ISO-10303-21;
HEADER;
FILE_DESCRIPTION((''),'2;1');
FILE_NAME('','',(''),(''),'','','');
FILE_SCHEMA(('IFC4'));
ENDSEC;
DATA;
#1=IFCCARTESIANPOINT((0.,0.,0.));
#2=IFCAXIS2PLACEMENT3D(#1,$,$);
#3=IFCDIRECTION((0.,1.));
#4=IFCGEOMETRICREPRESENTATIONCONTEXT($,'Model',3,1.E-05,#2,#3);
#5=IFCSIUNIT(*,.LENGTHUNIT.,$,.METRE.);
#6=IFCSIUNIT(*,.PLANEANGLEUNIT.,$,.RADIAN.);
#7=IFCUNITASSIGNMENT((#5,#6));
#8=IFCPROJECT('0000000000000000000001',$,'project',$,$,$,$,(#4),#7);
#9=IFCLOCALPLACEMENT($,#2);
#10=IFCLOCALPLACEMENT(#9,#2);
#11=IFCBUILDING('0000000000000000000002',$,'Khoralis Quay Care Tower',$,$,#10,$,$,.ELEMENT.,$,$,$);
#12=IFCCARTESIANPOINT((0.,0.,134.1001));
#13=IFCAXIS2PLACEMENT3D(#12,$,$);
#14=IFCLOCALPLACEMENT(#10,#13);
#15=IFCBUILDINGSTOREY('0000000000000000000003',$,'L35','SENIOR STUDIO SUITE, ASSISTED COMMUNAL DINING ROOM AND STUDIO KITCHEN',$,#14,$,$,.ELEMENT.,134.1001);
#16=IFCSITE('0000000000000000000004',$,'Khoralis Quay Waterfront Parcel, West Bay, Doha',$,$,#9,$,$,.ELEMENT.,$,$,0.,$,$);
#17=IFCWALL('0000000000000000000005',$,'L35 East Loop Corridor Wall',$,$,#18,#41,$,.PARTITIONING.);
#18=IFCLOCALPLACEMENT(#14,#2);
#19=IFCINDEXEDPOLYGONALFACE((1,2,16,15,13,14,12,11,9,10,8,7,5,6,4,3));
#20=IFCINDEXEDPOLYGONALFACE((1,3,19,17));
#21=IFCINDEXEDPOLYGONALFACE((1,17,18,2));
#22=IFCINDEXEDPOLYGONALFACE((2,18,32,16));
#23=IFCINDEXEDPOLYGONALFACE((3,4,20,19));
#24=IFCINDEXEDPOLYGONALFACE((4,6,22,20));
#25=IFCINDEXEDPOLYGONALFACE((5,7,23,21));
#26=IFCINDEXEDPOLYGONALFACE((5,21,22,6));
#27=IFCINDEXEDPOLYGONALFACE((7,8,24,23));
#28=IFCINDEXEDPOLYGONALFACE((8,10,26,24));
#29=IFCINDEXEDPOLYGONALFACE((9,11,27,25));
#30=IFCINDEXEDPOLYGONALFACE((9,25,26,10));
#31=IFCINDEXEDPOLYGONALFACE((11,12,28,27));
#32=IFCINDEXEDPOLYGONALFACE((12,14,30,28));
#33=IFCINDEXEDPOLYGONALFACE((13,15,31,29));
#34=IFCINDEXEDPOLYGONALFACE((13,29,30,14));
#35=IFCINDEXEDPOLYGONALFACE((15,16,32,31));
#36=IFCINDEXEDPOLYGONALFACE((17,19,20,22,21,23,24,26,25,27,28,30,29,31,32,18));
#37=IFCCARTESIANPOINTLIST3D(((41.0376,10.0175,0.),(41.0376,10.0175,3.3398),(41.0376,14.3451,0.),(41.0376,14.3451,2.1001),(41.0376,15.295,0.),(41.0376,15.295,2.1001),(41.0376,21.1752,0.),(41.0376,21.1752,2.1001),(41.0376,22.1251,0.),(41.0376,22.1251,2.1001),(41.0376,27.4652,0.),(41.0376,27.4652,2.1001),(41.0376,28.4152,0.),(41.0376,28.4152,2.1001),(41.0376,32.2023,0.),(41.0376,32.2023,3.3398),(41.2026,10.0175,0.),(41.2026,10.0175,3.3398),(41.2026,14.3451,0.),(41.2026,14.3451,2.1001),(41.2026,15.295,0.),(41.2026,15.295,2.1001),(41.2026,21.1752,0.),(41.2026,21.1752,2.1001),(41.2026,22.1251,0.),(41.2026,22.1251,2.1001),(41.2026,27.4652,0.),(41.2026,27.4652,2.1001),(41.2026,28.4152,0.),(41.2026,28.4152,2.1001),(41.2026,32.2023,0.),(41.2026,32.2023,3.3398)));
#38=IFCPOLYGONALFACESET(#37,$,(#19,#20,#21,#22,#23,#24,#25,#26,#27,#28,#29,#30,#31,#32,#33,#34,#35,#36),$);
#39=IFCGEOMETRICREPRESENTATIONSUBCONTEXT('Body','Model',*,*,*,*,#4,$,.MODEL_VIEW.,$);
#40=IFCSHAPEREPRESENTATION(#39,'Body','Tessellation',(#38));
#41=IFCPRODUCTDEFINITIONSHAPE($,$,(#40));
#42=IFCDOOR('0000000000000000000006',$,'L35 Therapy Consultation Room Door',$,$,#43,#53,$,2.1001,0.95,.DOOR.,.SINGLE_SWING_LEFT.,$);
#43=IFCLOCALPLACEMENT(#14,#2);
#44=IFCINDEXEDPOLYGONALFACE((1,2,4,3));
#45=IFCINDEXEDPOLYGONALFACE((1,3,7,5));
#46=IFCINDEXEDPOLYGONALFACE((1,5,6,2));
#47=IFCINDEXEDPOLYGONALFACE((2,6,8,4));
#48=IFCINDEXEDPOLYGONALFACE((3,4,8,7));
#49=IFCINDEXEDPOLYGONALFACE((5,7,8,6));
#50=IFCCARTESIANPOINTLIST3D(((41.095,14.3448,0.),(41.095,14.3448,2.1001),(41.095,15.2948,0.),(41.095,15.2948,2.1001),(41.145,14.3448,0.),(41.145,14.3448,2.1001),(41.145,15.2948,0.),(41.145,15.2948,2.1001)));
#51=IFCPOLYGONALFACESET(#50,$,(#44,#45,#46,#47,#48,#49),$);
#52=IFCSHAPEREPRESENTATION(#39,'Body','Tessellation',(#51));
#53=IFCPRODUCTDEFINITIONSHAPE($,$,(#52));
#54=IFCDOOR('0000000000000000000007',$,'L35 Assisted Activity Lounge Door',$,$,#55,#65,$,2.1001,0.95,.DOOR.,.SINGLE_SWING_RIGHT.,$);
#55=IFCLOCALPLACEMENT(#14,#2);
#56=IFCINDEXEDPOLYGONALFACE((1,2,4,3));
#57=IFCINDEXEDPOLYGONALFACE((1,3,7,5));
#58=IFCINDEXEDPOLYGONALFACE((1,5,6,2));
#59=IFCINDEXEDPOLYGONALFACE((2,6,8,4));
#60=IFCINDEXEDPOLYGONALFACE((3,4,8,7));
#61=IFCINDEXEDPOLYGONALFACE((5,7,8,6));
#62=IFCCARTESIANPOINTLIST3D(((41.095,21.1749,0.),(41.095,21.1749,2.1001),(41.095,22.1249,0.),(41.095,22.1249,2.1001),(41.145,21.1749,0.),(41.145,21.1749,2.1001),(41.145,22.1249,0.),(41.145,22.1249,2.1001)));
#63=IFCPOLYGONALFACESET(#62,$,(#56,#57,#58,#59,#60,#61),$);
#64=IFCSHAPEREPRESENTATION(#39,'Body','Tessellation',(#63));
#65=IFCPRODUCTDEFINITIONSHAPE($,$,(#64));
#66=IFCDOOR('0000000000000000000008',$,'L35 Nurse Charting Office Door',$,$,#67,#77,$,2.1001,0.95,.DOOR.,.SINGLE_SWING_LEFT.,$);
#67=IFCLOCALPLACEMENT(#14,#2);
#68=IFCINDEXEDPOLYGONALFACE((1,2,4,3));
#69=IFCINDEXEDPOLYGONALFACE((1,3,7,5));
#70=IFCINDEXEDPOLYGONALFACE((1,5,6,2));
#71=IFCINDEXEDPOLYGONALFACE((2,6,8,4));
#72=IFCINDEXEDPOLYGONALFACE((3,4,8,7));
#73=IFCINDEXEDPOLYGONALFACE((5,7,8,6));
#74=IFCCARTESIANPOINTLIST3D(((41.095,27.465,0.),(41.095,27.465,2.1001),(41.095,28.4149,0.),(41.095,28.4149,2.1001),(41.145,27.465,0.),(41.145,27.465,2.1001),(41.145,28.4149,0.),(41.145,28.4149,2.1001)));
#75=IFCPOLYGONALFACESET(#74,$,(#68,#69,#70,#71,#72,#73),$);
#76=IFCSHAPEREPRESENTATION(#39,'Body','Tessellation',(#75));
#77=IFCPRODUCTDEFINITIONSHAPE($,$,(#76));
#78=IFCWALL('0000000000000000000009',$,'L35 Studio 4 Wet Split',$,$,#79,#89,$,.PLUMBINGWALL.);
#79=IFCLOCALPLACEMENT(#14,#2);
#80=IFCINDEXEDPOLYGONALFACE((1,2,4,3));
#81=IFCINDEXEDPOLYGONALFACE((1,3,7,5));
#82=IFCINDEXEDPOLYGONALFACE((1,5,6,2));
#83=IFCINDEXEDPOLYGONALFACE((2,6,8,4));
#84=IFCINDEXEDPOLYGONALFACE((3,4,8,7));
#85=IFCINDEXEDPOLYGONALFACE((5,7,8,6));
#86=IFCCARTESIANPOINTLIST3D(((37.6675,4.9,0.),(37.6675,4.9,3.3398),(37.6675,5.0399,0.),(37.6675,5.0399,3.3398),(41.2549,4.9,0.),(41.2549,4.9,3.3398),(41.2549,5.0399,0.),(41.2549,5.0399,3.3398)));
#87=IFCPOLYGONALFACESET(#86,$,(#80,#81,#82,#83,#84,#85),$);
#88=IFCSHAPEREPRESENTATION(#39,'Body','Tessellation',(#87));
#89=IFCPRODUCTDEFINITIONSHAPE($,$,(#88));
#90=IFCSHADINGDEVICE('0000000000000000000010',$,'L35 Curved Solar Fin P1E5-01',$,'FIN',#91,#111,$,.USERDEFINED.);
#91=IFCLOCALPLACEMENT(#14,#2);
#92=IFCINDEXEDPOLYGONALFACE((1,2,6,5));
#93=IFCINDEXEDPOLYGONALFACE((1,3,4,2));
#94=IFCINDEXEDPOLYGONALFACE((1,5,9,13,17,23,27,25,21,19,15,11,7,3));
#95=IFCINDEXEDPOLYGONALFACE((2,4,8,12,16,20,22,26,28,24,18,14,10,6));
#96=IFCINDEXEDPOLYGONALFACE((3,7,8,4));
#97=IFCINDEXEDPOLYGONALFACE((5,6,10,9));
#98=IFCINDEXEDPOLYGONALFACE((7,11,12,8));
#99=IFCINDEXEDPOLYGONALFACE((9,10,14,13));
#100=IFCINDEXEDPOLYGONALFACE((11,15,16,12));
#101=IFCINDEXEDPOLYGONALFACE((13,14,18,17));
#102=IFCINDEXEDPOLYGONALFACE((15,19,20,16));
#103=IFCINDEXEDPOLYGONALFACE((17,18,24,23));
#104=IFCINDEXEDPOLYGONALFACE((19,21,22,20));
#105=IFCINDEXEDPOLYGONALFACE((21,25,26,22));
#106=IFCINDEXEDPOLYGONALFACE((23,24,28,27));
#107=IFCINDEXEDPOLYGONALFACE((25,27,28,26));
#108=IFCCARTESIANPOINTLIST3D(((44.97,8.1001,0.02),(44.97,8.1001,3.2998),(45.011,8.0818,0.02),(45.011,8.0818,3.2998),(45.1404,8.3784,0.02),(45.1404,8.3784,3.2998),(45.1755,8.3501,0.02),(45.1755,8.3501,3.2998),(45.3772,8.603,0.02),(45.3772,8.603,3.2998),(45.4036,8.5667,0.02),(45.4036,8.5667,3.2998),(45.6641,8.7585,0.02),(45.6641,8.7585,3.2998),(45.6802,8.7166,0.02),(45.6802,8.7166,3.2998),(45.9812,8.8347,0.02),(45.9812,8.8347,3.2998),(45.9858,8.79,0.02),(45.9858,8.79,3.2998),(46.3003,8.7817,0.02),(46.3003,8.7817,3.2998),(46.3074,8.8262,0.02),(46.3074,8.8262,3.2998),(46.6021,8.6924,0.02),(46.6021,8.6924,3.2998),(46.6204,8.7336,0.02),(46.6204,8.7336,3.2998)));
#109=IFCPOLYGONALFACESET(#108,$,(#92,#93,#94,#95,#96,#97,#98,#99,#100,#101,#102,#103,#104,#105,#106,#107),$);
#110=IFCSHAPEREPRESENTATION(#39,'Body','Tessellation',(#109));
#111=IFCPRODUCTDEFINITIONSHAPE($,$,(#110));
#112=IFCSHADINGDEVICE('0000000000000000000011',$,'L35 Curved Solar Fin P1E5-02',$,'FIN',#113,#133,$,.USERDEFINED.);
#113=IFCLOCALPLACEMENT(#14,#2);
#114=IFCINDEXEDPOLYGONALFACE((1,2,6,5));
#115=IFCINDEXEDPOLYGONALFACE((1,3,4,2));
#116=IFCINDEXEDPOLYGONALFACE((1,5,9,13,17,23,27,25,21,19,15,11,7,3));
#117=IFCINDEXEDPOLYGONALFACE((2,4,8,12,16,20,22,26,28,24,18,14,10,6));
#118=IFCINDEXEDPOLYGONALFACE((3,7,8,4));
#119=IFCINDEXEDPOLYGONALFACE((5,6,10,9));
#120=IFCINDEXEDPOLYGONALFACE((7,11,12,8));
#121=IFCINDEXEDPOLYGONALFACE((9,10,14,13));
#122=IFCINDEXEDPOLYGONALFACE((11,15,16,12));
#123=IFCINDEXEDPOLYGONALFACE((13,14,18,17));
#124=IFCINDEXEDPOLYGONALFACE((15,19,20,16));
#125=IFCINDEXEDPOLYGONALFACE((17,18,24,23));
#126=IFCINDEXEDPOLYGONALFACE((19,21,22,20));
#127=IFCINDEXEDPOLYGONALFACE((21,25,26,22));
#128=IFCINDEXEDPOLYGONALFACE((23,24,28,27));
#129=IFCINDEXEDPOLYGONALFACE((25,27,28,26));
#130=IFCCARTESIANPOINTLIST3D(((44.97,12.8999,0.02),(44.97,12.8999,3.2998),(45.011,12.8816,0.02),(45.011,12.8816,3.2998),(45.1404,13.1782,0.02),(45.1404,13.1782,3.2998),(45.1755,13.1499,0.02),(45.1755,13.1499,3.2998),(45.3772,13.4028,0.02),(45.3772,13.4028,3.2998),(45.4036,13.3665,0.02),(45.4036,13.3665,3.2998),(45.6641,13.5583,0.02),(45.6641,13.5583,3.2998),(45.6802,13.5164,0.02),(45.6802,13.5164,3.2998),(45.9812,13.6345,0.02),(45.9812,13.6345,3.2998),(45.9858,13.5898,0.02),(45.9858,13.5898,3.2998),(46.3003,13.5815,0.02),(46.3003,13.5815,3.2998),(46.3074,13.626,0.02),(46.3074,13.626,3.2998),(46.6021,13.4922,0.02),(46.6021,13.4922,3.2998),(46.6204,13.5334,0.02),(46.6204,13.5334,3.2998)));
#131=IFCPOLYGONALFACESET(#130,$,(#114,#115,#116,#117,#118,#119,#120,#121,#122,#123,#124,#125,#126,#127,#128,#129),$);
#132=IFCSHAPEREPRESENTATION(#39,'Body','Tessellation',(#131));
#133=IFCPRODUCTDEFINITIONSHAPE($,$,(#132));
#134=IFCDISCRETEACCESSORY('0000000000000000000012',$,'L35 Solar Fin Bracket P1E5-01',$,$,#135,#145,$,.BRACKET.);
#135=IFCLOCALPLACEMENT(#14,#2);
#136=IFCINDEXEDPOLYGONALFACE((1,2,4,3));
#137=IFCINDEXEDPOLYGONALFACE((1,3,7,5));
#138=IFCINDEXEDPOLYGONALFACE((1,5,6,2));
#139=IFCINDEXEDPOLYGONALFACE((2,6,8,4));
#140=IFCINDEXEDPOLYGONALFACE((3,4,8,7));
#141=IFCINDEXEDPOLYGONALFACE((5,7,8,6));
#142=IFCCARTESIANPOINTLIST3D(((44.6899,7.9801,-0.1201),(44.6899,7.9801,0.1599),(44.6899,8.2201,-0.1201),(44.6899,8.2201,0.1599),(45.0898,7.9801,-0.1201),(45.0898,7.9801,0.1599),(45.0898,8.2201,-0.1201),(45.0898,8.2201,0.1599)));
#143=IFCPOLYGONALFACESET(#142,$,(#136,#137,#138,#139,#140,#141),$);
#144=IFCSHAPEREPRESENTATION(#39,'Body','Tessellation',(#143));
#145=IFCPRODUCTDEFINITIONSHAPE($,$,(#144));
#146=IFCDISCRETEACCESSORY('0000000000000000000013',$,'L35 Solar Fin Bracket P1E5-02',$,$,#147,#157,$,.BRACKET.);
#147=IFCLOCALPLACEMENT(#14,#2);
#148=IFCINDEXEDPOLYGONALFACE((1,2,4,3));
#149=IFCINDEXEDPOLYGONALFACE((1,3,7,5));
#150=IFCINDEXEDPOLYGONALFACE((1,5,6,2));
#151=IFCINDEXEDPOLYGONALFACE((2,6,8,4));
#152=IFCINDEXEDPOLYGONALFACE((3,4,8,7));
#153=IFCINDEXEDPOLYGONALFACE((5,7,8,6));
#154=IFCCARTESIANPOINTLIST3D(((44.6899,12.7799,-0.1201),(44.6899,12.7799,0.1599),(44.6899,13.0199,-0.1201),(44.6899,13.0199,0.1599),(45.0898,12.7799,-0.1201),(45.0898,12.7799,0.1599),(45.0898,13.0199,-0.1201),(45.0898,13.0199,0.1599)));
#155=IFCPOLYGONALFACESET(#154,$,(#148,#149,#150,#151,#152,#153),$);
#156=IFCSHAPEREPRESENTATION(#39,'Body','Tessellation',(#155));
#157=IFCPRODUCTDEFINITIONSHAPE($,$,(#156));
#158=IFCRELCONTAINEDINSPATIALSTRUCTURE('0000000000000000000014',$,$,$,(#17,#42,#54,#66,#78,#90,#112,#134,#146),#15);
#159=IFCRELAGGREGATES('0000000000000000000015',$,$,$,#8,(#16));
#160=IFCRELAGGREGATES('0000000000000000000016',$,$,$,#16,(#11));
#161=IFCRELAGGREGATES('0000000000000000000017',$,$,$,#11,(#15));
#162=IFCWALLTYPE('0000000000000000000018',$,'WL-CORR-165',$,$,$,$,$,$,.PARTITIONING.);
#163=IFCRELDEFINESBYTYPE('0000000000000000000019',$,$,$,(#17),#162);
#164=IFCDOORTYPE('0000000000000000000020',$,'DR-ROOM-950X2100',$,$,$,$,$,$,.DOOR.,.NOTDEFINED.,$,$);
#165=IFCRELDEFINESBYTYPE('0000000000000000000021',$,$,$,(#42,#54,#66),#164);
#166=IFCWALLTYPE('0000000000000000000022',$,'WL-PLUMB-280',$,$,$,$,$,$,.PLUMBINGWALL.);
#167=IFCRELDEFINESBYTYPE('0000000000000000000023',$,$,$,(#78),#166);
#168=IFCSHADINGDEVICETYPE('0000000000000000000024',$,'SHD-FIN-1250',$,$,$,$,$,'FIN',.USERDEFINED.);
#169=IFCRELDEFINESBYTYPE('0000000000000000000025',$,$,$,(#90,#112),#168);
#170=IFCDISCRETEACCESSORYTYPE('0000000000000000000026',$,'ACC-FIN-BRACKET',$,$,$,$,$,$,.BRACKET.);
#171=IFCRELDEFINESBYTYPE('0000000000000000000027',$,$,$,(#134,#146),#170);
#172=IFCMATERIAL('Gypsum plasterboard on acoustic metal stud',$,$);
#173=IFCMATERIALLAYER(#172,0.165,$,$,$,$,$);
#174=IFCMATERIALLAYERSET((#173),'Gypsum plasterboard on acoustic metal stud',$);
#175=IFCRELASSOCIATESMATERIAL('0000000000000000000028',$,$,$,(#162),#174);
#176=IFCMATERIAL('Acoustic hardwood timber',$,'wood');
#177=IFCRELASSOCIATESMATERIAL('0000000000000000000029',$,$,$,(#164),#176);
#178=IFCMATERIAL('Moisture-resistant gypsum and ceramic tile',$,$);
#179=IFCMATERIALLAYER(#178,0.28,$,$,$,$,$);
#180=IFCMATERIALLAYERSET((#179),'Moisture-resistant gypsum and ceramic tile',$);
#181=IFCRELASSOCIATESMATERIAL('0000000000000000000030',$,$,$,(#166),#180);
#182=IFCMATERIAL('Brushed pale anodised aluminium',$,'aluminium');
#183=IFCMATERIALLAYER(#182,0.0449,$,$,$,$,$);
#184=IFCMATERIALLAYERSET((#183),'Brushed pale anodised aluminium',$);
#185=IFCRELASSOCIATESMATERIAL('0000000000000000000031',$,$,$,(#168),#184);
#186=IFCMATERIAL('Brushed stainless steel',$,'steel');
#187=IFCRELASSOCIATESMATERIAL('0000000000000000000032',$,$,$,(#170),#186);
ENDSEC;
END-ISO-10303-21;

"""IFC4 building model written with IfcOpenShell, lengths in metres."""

from ifc_helpers import new_model, si_unit, direction, frame, frame_2d, origin, origin_2d, place, context, subcontext, project, spatial, polyline, rectangle, outline, extrude, source, transform, mapped, material, layer, layer_set, type_object, element, fill, save


model = new_model("IFC4")

# Units and contexts
model_context = context("Model", 3, precision=1e-05, world=origin(), true_north=direction((0.0, 1.0)))
body_context = subcontext(model_context, "Body", "Model", "MODEL_VIEW")
ifc_project = project(units=[si_unit("LENGTHUNIT", "METRE"), si_unit("PLANEANGLEUNIT", "RADIAN")], contexts=[model_context])

# Site, building, storey
site_placement = place(None, origin())
site = spatial("IfcSite", under=ifc_project, at=site_placement, Name="Khoralis Quay Waterfront Parcel, West Bay, Doha", CompositionType="ELEMENT", RefElevation=0.0)
building_placement = place(site_placement, origin())
building = spatial("IfcBuilding", under=site, at=building_placement, Name="Khoralis Quay Care Tower", CompositionType="ELEMENT")
storey_placement = place(building_placement, frame((0.0, 0.0, 134.1001)))
storey = spatial("IfcBuildingStorey", under=building, at=storey_placement, Name="L35", Description="SENIOR STUDIO SUITE, ASSISTED COMMUNAL DINING ROOM AND STUDIO KITCHEN", CompositionType="ELEMENT", Elevation=134.1001)

# Shared definitions
ifc_material_1 = material(Name="Gypsum plasterboard on acoustic metal stud")

# Wall, openings, doors
ifc_layer_1 = layer(ifc_material_1, 0.165)
ifc_layer_set_1 = layer_set([ifc_layer_1], Name="Gypsum plasterboard on acoustic metal stud")
wall_type_1 = type_object("IfcWallType", Name="WL-CORR-165", PredefinedType="PARTITIONING", material=ifc_layer_set_1)
wall_1_placement = place(storey_placement, frame((41.1201, 10.0176, 0.0), z_axis=(0.0, 0.0, 1.0), x_axis=(0.0, 1.0, 0.0)))
wall_1 = element("IfcWall", 1, at=wall_1_placement, inside=storey, type_object=wall_type_1, Name="L35 East Loop Corridor Wall", PredefinedType="PARTITIONING", context=body_context, shape_type="SweptSolid", body=[
    extrude(rectangle(XDim=22.1848, YDim=0.165, at=frame_2d((11.0923, 0.0))), origin(), (0.0, 0.0, 1.0), 3.3398),
])
opening_1_placement = place(wall_1_placement, frame((4.3274, 0.0, 0.0)))
opening_1 = element("IfcOpeningElement", 2, at=opening_1_placement, cuts=wall_1, PredefinedType="OPENING", context=body_context, shape_type="SweptSolid", body=[
    extrude(rectangle(XDim=0.95, YDim=2.1001, at=frame_2d((0.4751, 1.05))), frame((0.0, 0.0925, 0.0), z_axis=(0.0, -1.0, 0.0), x_axis=(1.0, 0.0, 0.0)), (0.0, 0.0, 1.0), 0.1851),
])
opening_2_placement = place(wall_1_placement, frame((11.1575, 0.0, 0.0)))
opening_2 = element("IfcOpeningElement", 3, at=opening_2_placement, cuts=wall_1, PredefinedType="OPENING", context=body_context, shape_type="SweptSolid", body=[
    extrude(rectangle(XDim=0.95, YDim=2.1001, at=frame_2d((0.4751, 1.05))), frame((0.0, 0.0925, 0.0), z_axis=(0.0, -1.0, 0.0), x_axis=(1.0, 0.0, 0.0)), (0.0, 0.0, 1.0), 0.1851),
])
opening_3_placement = place(wall_1_placement, frame((17.4475, 0.0, 0.0)))
opening_3 = element("IfcOpeningElement", 4, at=opening_3_placement, cuts=wall_1, PredefinedType="OPENING", context=body_context, shape_type="SweptSolid", body=[
    extrude(rectangle(XDim=0.95, YDim=2.1001, at=frame_2d((0.4751, 1.05))), frame((0.0, 0.0925, 0.0), z_axis=(0.0, -1.0, 0.0), x_axis=(1.0, 0.0, 0.0)), (0.0, 0.0, 1.0), 0.1851),
])
ifc_material_2 = material(Name="Acoustic hardwood timber", Category="wood")
door_type_1 = type_object("IfcDoorType", Name="DR-ROOM-950X2100", OperationType="NOTDEFINED", PredefinedType="DOOR", material=ifc_material_2)
shared_shape_1 = source(origin(), body_context, "Body", "SweptSolid", [
    extrude(rectangle(XDim=0.95, YDim=2.1001, at=frame_2d((0.4751, 1.05))), frame((0.0, 0.0249, 0.0), z_axis=(0.0, -1.0, 0.0), x_axis=(1.0, 0.0, 0.0)), (0.0, 0.0, 1.0), 0.05),
])
door_1_placement = place(opening_1_placement, frame((0.95, 0.0, 0.0), z_axis=(0.0, 0.0, 1.0), x_axis=(-1.0, 0.0, 0.0)))
door_1 = element("IfcDoor", 5, at=door_1_placement, inside=storey, type_object=door_type_1, Name="L35 Therapy Consultation Room Door", OperationType="SINGLE_SWING_LEFT", OverallHeight=2.1001, OverallWidth=0.95, PredefinedType="DOOR", context=body_context, shape_type="MappedRepresentation", body=[
    mapped(shared_shape_1, transform((0.0, 0.0, 0.0), scale=1.0)),
])
fill(opening_1, door_1)
door_2_placement = place(opening_2_placement, frame((0.95, 0.0, 0.0), z_axis=(0.0, 0.0, 1.0), x_axis=(-1.0, 0.0, 0.0)))
door_2 = element("IfcDoor", 6, at=door_2_placement, inside=storey, type_object=door_type_1, Name="L35 Assisted Activity Lounge Door", OperationType="SINGLE_SWING_RIGHT", OverallHeight=2.1001, OverallWidth=0.95, PredefinedType="DOOR", context=body_context, shape_type="MappedRepresentation", body=[
    mapped(shared_shape_1, transform((0.0, 0.0, 0.0), scale=1.0)),
])
fill(opening_2, door_2)
door_3_placement = place(opening_3_placement, frame((0.95, 0.0, 0.0), z_axis=(0.0, 0.0, 1.0), x_axis=(-1.0, 0.0, 0.0)))
door_3 = element("IfcDoor", 7, at=door_3_placement, inside=storey, type_object=door_type_1, Name="L35 Nurse Charting Office Door", OperationType="SINGLE_SWING_LEFT", OverallHeight=2.1001, OverallWidth=0.95, PredefinedType="DOOR", context=body_context, shape_type="MappedRepresentation", body=[
    mapped(shared_shape_1, transform((0.0, 0.0, 0.0), scale=1.0)),
])
fill(opening_3, door_3)

# Wall
ifc_material_3 = material(Name="Moisture-resistant gypsum and ceramic tile")
ifc_layer_2 = layer(ifc_material_3, 0.28)
ifc_layer_set_2 = layer_set([ifc_layer_2], Name="Moisture-resistant gypsum and ceramic tile")
wall_type_2 = type_object("IfcWallType", Name="WL-PLUMB-280", PredefinedType="PLUMBINGWALL", material=ifc_layer_set_2)
wall_2_placement = place(storey_placement, frame((37.6675, 4.97, 0.0), z_axis=(0.0, 0.0, 1.0), x_axis=(1.0, 0.0, 0.0)))
element("IfcWall", 8, at=wall_2_placement, inside=storey, type_object=wall_type_2, Name="L35 Studio 4 Wet Split", PredefinedType="PLUMBINGWALL", context=body_context, shape_type="SweptSolid", body=[
    extrude(rectangle(XDim=3.5874, YDim=0.1399, at=frame_2d((1.7937, 0.0))), origin(), (0.0, 0.0, 1.0), 3.3398),
])

# Shading devices
ifc_material_4 = material(Name="Brushed pale anodised aluminium", Category="aluminium")
ifc_layer_3 = layer(ifc_material_4, 0.0449)
ifc_layer_set_3 = layer_set([ifc_layer_3], Name="Brushed pale anodised aluminium")
shading_device_type = type_object("IfcShadingDeviceType", Name="SHD-FIN-1250", ElementType="FIN", PredefinedType="USERDEFINED", material=ifc_layer_set_3)
shared_shape_2 = source(origin(), body_context, "Body", "SweptSolid", [
    extrude(outline(polyline([(0.0, 0.0), (0.1704, 0.2783), (0.4072, 0.5029), (0.6941, 0.6584), (1.0112, 0.7346), (1.3374, 0.7261), (1.6504, 0.6335), (1.6321, 0.5923), (1.3303, 0.6816), (1.0159, 0.6899), (0.7102, 0.6165), (0.4336, 0.4666), (0.2056, 0.25), (0.041, -0.0183), (0.0, 0.0)])), origin(), (0.0, 0.0, 1.0), 3.2798),
])
for number, where, z_axis, x_axis, name in (
    (9, (44.97, 8.1001, 0.02), (0.0, 0.0, 1.0), (1.0, 0.0, 0.0), "L35 Curved Solar Fin P1E5-01"),
    (10, (44.97, 12.8999, 0.02), (0.0, 0.0, 1.0), (1.0, 0.0, 0.0), "L35 Curved Solar Fin P1E5-02"),
):
    element("IfcShadingDevice", number, at=place(storey_placement, frame(where, z_axis=z_axis, x_axis=x_axis)), inside=storey, type_object=shading_device_type, Name=name, ObjectType="FIN", PredefinedType="USERDEFINED", context=body_context, shape_type="MappedRepresentation", body=[
        mapped(shared_shape_2, transform((0.0, 0.0, 0.0), scale=1.0)),
    ])

# Discrete accessories
ifc_material_5 = material(Name="Brushed stainless steel", Category="steel")
discrete_accessory_type = type_object("IfcDiscreteAccessoryType", Name="ACC-FIN-BRACKET", PredefinedType="BRACKET", material=ifc_material_5)
shared_shape_3 = source(origin(), body_context, "Body", "SweptSolid", [
    extrude(rectangle(XDim=0.3999, YDim=0.24, at=origin_2d()), origin(), (0.0, 0.0, 1.0), 0.28),
])
for number, where, z_axis, x_axis, name in (
    (11, (44.8899, 8.1001, -0.1201), (0.0, 0.0, 1.0), (1.0, 0.0, 0.0), "L35 Solar Fin Bracket P1E5-01"),
    (12, (44.8899, 12.8999, -0.1201), (0.0, 0.0, 1.0), (1.0, 0.0, 0.0), "L35 Solar Fin Bracket P1E5-02"),
):
    element("IfcDiscreteAccessory", number, at=place(storey_placement, frame(where, z_axis=z_axis, x_axis=x_axis)), inside=storey, type_object=discrete_accessory_type, Name=name, PredefinedType="BRACKET", context=body_context, shape_type="MappedRepresentation", body=[
        mapped(shared_shape_3, transform((0.0, 0.0, 0.0), scale=1.0)),
    ])

save(model, "model.ifc")
